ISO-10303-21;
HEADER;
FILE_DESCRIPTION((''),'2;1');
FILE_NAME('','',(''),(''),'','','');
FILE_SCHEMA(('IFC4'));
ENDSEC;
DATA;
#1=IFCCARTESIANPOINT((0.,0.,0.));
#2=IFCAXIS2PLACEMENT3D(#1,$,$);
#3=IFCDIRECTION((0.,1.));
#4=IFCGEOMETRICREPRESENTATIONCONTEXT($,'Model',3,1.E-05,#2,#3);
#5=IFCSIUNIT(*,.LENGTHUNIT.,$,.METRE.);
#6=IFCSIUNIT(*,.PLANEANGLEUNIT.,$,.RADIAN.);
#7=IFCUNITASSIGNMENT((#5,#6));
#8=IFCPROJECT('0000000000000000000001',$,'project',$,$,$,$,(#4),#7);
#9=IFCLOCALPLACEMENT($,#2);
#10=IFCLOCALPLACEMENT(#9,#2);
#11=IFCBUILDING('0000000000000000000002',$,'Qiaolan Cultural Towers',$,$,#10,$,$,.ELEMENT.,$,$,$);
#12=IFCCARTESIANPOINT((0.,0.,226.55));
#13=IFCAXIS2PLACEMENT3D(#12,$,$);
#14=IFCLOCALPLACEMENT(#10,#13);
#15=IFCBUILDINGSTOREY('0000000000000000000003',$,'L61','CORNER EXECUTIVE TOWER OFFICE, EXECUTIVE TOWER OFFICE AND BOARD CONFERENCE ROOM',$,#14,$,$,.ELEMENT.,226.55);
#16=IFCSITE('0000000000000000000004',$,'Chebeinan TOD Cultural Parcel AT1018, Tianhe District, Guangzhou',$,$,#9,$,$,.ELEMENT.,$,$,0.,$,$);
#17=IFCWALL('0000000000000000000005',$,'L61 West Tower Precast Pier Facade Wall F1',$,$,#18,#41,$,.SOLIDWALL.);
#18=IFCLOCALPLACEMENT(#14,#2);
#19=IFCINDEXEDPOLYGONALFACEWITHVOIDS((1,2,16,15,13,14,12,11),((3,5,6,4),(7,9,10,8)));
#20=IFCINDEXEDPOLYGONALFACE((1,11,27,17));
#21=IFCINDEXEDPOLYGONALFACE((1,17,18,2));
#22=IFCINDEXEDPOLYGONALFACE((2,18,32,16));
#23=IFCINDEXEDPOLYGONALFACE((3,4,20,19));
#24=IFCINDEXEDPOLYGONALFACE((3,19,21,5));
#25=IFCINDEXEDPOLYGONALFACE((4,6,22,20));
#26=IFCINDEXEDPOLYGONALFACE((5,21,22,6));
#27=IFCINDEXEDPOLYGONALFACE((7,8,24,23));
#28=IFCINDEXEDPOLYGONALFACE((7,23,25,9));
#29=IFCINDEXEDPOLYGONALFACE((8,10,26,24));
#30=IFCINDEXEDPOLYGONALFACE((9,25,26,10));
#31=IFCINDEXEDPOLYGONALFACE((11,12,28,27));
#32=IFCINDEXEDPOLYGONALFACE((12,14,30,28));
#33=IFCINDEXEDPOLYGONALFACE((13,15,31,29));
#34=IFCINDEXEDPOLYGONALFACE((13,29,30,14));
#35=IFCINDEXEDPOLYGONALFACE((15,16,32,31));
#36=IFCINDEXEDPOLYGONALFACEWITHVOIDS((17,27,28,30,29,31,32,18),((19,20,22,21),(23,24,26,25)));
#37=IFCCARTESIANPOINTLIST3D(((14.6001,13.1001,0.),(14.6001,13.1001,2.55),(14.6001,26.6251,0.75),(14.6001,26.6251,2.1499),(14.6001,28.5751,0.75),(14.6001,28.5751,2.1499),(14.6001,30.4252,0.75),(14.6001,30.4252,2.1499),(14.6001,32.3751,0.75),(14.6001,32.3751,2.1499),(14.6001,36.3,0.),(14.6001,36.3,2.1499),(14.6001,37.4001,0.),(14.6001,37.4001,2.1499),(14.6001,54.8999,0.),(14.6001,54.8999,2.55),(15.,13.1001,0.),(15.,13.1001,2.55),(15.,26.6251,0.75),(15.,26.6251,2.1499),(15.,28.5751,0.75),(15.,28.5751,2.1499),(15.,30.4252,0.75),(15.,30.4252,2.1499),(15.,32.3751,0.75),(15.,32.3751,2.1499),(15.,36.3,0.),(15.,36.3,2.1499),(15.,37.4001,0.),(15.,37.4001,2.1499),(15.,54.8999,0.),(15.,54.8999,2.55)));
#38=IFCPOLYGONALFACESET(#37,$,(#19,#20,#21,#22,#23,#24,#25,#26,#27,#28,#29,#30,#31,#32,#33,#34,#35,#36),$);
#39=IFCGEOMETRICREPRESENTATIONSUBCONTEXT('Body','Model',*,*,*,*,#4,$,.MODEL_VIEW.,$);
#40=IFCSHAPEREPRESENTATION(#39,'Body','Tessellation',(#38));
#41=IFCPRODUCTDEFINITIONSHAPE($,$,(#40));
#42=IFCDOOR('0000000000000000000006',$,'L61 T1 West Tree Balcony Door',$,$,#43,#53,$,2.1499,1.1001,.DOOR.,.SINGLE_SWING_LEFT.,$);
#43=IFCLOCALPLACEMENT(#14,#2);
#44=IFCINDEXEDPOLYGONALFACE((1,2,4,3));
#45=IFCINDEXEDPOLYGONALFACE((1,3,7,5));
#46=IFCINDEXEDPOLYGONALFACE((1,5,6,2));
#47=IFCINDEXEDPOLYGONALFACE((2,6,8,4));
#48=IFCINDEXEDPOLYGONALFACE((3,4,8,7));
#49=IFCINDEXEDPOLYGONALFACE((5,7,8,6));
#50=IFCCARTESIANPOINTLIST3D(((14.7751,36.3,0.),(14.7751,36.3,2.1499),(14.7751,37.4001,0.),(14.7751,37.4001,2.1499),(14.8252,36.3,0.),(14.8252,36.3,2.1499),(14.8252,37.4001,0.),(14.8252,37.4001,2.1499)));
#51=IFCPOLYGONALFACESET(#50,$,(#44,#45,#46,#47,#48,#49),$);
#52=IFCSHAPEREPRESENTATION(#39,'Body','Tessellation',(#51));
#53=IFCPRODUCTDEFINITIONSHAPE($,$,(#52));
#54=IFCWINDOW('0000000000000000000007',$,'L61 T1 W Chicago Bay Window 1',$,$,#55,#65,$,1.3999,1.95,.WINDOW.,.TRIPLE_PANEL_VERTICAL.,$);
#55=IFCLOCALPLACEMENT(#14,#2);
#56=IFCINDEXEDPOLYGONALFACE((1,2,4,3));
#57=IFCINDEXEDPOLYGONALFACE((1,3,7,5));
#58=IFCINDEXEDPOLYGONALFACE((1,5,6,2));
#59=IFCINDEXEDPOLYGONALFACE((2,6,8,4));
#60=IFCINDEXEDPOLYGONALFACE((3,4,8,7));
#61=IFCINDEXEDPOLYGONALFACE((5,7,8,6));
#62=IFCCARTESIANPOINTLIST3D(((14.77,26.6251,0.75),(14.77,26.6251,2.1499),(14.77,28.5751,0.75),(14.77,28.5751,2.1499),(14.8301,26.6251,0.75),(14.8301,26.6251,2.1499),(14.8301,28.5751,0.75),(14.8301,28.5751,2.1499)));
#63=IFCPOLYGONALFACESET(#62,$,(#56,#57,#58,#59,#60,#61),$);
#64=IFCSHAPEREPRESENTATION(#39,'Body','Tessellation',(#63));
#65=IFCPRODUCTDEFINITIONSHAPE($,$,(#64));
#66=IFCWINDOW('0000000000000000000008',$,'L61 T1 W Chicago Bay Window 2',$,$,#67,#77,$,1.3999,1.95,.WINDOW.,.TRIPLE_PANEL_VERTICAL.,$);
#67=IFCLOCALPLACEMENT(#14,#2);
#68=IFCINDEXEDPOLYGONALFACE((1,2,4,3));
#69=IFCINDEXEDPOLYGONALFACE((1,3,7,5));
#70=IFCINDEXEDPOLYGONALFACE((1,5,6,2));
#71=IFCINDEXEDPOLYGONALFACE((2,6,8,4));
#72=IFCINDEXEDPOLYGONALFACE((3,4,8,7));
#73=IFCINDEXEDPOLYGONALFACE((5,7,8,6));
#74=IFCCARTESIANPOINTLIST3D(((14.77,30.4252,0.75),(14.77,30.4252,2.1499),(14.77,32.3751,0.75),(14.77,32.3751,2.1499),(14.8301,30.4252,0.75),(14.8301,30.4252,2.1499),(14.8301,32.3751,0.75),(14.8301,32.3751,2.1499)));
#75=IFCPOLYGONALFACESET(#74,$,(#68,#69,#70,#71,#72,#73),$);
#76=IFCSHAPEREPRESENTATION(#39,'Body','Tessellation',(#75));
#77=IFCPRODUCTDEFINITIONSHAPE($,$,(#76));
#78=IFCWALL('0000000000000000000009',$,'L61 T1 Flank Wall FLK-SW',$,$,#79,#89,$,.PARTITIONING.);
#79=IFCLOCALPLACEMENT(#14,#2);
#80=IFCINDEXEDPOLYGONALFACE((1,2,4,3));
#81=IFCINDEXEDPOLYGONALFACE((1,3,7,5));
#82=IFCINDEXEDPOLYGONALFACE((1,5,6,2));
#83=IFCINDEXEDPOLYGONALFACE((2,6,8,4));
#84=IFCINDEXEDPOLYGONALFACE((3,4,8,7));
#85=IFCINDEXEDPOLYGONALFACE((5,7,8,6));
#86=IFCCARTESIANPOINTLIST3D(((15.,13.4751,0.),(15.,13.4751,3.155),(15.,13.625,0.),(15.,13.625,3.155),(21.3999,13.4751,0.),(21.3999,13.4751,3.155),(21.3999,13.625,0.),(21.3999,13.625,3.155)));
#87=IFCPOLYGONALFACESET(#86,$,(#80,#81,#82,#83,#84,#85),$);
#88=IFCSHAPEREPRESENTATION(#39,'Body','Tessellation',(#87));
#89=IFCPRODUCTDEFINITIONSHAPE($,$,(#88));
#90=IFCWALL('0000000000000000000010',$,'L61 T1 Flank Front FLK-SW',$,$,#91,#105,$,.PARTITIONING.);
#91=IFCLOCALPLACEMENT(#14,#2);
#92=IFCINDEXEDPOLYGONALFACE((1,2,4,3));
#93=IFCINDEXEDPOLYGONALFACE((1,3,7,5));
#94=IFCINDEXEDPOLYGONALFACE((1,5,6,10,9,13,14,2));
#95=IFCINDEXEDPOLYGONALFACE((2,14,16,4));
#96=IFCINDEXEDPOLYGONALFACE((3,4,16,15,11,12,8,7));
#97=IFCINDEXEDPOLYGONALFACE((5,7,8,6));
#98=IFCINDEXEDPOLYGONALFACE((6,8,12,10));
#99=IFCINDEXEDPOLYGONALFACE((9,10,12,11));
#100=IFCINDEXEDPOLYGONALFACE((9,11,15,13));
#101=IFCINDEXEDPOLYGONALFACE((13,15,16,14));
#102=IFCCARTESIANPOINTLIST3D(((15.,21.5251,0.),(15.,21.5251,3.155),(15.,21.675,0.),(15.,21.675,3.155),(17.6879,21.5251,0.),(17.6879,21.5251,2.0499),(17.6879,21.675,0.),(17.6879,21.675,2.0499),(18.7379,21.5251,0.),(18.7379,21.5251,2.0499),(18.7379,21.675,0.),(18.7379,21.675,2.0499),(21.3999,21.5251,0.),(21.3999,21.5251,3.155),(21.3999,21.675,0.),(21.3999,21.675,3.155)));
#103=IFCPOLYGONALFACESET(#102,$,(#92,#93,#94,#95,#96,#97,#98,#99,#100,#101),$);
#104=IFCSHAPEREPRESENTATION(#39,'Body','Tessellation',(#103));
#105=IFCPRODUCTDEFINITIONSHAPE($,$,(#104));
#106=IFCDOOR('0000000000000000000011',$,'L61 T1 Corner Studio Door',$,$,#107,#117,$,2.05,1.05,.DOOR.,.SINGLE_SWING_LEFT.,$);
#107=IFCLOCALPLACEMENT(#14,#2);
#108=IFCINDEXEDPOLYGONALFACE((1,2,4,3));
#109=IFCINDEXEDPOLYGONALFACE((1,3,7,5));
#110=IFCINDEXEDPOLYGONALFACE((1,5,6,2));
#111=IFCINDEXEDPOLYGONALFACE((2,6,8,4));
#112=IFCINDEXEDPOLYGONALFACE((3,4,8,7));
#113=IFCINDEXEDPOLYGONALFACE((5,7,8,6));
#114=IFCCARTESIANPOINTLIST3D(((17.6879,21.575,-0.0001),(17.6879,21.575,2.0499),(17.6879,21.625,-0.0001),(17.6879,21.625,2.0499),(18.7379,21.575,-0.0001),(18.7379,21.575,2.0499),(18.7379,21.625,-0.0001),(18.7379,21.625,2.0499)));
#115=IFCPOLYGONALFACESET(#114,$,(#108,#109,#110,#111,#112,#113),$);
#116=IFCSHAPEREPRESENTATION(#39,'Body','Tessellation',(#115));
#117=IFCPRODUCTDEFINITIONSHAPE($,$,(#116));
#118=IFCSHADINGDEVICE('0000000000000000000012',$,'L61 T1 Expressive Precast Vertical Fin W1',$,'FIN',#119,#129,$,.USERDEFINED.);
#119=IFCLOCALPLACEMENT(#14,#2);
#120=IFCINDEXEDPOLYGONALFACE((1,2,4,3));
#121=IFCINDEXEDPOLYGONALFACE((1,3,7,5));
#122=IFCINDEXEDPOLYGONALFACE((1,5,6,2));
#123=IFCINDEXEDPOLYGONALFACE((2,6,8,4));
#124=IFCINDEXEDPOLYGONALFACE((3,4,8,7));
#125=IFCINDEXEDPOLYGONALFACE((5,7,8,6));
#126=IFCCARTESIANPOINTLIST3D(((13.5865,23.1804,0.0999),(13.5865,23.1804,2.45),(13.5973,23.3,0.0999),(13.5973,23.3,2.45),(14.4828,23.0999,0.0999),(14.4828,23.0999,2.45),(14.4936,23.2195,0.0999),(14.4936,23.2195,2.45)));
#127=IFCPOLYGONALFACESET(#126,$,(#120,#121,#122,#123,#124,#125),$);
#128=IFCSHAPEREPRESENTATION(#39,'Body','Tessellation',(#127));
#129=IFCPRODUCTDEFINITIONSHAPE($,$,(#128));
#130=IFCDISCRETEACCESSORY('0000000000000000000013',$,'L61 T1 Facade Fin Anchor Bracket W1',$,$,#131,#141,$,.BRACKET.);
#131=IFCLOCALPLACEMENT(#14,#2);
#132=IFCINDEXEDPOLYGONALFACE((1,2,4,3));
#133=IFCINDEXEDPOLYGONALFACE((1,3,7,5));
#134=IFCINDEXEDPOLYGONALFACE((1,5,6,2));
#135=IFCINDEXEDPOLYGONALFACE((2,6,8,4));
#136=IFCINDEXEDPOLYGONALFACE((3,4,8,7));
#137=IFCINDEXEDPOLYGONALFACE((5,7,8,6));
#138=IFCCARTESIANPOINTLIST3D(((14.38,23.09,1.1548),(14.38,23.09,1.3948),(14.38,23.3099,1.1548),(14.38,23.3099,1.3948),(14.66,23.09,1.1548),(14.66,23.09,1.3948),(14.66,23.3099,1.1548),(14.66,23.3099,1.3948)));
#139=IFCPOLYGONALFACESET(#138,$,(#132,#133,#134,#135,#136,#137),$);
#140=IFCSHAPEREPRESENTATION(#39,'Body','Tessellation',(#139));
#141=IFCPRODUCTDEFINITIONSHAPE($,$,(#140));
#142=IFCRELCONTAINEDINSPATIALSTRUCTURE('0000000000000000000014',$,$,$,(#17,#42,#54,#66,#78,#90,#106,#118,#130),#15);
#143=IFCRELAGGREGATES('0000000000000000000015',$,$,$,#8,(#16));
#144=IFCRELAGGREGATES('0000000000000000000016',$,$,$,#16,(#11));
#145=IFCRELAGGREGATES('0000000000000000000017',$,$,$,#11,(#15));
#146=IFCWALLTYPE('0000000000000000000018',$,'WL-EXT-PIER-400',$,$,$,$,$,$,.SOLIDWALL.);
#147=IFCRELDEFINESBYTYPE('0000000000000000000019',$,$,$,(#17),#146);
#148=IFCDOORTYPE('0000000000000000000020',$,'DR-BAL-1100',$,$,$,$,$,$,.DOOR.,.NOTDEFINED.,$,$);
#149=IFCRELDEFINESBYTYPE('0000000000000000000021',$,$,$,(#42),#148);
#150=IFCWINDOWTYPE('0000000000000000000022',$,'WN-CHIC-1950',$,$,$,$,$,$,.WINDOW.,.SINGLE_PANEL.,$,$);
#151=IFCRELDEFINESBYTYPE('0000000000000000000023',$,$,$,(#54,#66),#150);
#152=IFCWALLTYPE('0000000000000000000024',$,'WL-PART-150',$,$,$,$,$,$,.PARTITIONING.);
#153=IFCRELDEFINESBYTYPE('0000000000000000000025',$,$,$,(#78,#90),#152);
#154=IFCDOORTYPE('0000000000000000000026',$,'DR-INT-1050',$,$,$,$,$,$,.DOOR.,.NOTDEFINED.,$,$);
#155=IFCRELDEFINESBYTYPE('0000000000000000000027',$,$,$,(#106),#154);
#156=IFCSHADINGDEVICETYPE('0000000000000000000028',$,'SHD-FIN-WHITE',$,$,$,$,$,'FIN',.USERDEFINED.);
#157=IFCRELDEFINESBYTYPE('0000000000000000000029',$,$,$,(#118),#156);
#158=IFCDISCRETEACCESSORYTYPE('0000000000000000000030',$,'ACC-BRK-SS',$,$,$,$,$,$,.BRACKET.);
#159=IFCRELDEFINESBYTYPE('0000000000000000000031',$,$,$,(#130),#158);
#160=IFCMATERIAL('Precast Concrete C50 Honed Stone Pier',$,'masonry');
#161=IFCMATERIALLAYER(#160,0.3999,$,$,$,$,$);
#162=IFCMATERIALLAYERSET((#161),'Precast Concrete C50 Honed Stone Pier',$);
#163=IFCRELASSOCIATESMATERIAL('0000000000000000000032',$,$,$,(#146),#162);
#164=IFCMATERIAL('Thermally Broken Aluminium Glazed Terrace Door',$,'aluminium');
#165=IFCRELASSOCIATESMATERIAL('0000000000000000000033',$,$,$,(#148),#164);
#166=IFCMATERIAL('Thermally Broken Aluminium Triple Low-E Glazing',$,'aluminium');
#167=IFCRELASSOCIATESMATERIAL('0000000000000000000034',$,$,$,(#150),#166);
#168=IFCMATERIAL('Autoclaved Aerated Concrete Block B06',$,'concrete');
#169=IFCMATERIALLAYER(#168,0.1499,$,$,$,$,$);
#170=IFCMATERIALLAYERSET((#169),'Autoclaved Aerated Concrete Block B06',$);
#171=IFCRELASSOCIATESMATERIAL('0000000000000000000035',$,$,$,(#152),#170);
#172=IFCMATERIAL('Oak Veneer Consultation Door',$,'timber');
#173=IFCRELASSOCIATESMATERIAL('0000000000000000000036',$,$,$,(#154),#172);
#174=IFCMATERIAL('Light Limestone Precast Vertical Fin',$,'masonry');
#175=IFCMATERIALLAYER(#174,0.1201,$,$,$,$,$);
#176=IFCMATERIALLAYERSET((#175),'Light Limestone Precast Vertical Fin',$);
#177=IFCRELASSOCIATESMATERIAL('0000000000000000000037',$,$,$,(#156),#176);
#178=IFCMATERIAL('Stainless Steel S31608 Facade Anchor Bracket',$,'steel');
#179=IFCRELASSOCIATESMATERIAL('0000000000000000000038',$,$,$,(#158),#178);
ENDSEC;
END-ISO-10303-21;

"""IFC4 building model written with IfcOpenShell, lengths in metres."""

from ifc_helpers import new_model, si_unit, direction, frame, frame_2d, origin, origin_2d, place, context, subcontext, project, spatial, rectangle, extrude, material, layer, layer_set, type_object, element, fill, save


model = new_model("IFC4")

# Units and contexts
model_context = context("Model", 3, precision=1e-05, world=origin(), true_north=direction((0.0, 1.0)))
body_context = subcontext(model_context, "Body", "Model", "MODEL_VIEW")
ifc_project = project(units=[si_unit("LENGTHUNIT", "METRE"), si_unit("PLANEANGLEUNIT", "RADIAN")], contexts=[model_context])

# Site, building, storey
site_placement = place(None, origin())
site = spatial("IfcSite", under=ifc_project, at=site_placement, Name="Chebeinan TOD Cultural Parcel AT1018, Tianhe District, Guangzhou", CompositionType="ELEMENT", RefElevation=0.0)
building_placement = place(site_placement, origin())
building = spatial("IfcBuilding", under=site, at=building_placement, Name="Qiaolan Cultural Towers", CompositionType="ELEMENT")
storey_placement = place(building_placement, frame((0.0, 0.0, 226.55)))
storey = spatial("IfcBuildingStorey", under=building, at=storey_placement, Name="L61", Description="CORNER EXECUTIVE TOWER OFFICE, EXECUTIVE TOWER OFFICE AND BOARD CONFERENCE ROOM", CompositionType="ELEMENT", Elevation=226.55)

# Wall, openings, door, windows
ifc_material_1 = material(Name="Precast Concrete C50 Honed Stone Pier", Category="masonry")
ifc_layer_1 = layer(ifc_material_1, 0.3999)
ifc_layer_set_1 = layer_set([ifc_layer_1], Name="Precast Concrete C50 Honed Stone Pier")
wall_type_1 = type_object("IfcWallType", Name="WL-EXT-PIER-400", PredefinedType="SOLIDWALL", material=ifc_layer_set_1)
wall_1_placement = place(storey_placement, frame((14.8, 13.1001, 0.0), z_axis=(0.0, 0.0, 1.0), x_axis=(0.0, 1.0, 0.0)))
wall_1 = element("IfcWall", 1, at=wall_1_placement, inside=storey, type_object=wall_type_1, Name="L61 West Tower Precast Pier Facade Wall F1", PredefinedType="SOLIDWALL", context=body_context, shape_type="SweptSolid", body=[
    extrude(rectangle(XDim=41.7998, YDim=0.3999, at=frame_2d((20.8999, 0.0))), origin(), (0.0, 0.0, 1.0), 2.55),
])
opening_1_placement = place(wall_1_placement, frame((13.5249, 0.0, 0.75)))
opening_1 = element("IfcOpeningElement", 2, at=opening_1_placement, cuts=wall_1, PredefinedType="OPENING", context=body_context, shape_type="SweptSolid", body=[
    extrude(rectangle(XDim=1.95, YDim=1.3999, at=frame_2d((0.9751, 0.7))), frame((0.0, 0.21, 0.0), z_axis=(0.0, -1.0, 0.0), x_axis=(1.0, 0.0, 0.0)), (0.0, 0.0, 1.0), 0.4199),
])
opening_2_placement = place(wall_1_placement, frame((17.325, 0.0, 0.75)))
opening_2 = element("IfcOpeningElement", 3, at=opening_2_placement, cuts=wall_1, PredefinedType="OPENING", context=body_context, shape_type="SweptSolid", body=[
    extrude(rectangle(XDim=1.95, YDim=1.3999, at=frame_2d((0.9751, 0.7))), frame((0.0, 0.21, 0.0), z_axis=(0.0, -1.0, 0.0), x_axis=(1.0, 0.0, 0.0)), (0.0, 0.0, 1.0), 0.4199),
])
opening_3_placement = place(wall_1_placement, frame((23.2, 0.0, 0.0)))
opening_3 = element("IfcOpeningElement", 4, at=opening_3_placement, cuts=wall_1, PredefinedType="OPENING", context=body_context, shape_type="SweptSolid", body=[
    extrude(rectangle(XDim=1.1001, YDim=2.1499, at=frame_2d((0.55, 1.075))), frame((0.0, 0.21, 0.0), z_axis=(0.0, -1.0, 0.0), x_axis=(1.0, 0.0, 0.0)), (0.0, 0.0, 1.0), 0.4199),
])
ifc_material_2 = material(Name="Thermally Broken Aluminium Glazed Terrace Door", Category="aluminium")
door_type_1 = type_object("IfcDoorType", Name="DR-BAL-1100", OperationType="NOTDEFINED", PredefinedType="DOOR", material=ifc_material_2)
door_1_placement = place(opening_3_placement, origin())
door_1 = element("IfcDoor", 5, at=door_1_placement, inside=storey, type_object=door_type_1, Name="L61 T1 West Tree Balcony Door", OperationType="SINGLE_SWING_LEFT", OverallHeight=2.1499, OverallWidth=1.1001, PredefinedType="DOOR", context=body_context, shape_type="SweptSolid", body=[
    extrude(rectangle(XDim=1.1001, YDim=2.1499, at=frame_2d((0.55, 1.075))), frame((0.0, 0.0249, 0.0), z_axis=(0.0, -1.0, 0.0), x_axis=(1.0, 0.0, 0.0)), (0.0, 0.0, 1.0), 0.05),
])
fill(opening_3, door_1)
ifc_material_3 = material(Name="Thermally Broken Aluminium Triple Low-E Glazing", Category="aluminium")
window_type = type_object("IfcWindowType", Name="WN-CHIC-1950", PartitioningType="SINGLE_PANEL", PredefinedType="WINDOW", material=ifc_material_3)
window_1_placement = place(opening_1_placement, origin())
window_1 = element("IfcWindow", 6, at=window_1_placement, inside=storey, type_object=window_type, Name="L61 T1 W Chicago Bay Window 1", OverallHeight=1.3999, OverallWidth=1.95, PartitioningType="TRIPLE_PANEL_VERTICAL", PredefinedType="WINDOW", context=body_context, shape_type="SweptSolid", body=[
    extrude(rectangle(XDim=1.95, YDim=1.3999, at=frame_2d((0.9751, 0.7))), frame((0.0, 0.03, 0.0), z_axis=(0.0, -1.0, 0.0), x_axis=(1.0, 0.0, 0.0)), (0.0, 0.0, 1.0), 0.0601),
])
fill(opening_1, window_1)
window_2_placement = place(opening_2_placement, origin())
window_2 = element("IfcWindow", 7, at=window_2_placement, inside=storey, type_object=window_type, Name="L61 T1 W Chicago Bay Window 2", OverallHeight=1.3999, OverallWidth=1.95, PartitioningType="TRIPLE_PANEL_VERTICAL", PredefinedType="WINDOW", context=body_context, shape_type="SweptSolid", body=[
    extrude(rectangle(XDim=1.95, YDim=1.3999, at=frame_2d((0.9751, 0.7))), frame((0.0, 0.03, 0.0), z_axis=(0.0, -1.0, 0.0), x_axis=(1.0, 0.0, 0.0)), (0.0, 0.0, 1.0), 0.0601),
])
fill(opening_2, window_2)

# Wall
ifc_material_4 = material(Name="Autoclaved Aerated Concrete Block B06", Category="concrete")
ifc_layer_2 = layer(ifc_material_4, 0.1499)
ifc_layer_set_2 = layer_set([ifc_layer_2], Name="Autoclaved Aerated Concrete Block B06")
wall_type_2 = type_object("IfcWallType", Name="WL-PART-150", PredefinedType="PARTITIONING", material=ifc_layer_set_2)
wall_2_placement = place(storey_placement, frame((15.0, 13.55, 0.0), z_axis=(0.0, 0.0, 1.0), x_axis=(1.0, 0.0, 0.0)))
element("IfcWall", 8, at=wall_2_placement, inside=storey, type_object=wall_type_2, Name="L61 T1 Flank Wall FLK-SW", PredefinedType="PARTITIONING", context=body_context, shape_type="SweptSolid", body=[
    extrude(rectangle(XDim=6.3999, YDim=0.1499, at=frame_2d((3.2, 0.0))), origin(), (0.0, 0.0, 1.0), 3.155),
])

# Wall, opening, door
wall_3_placement = place(storey_placement, frame((15.0, 21.6001, 0.0), z_axis=(0.0, 0.0, 1.0), x_axis=(1.0, 0.0, 0.0)))
wall_3 = element("IfcWall", 9, at=wall_3_placement, inside=storey, type_object=wall_type_2, Name="L61 T1 Flank Front FLK-SW", PredefinedType="PARTITIONING", context=body_context, shape_type="SweptSolid", body=[
    extrude(rectangle(XDim=6.3999, YDim=0.1499, at=frame_2d((3.2, 0.0))), origin(), (0.0, 0.0, 1.0), 3.155),
])
opening_4_placement = place(wall_3_placement, frame((2.688, 0.0, 0.0)))
opening_4 = element("IfcOpeningElement", 10, at=opening_4_placement, cuts=wall_3, PredefinedType="OPENING", context=body_context, shape_type="SweptSolid", body=[
    extrude(rectangle(XDim=1.05, YDim=2.05, at=frame_2d((0.5249, 1.0249))), frame((0.0, 0.085, 0.0), z_axis=(0.0, -1.0, 0.0), x_axis=(1.0, 0.0, 0.0)), (0.0, 0.0, 1.0), 0.1699),
])
ifc_material_5 = material(Name="Oak Veneer Consultation Door", Category="timber")
door_type_2 = type_object("IfcDoorType", Name="DR-INT-1050", OperationType="NOTDEFINED", PredefinedType="DOOR", material=ifc_material_5)
door_2_placement = place(opening_4_placement, origin())
door_2 = element("IfcDoor", 11, at=door_2_placement, inside=storey, type_object=door_type_2, Name="L61 T1 Corner Studio Door", OperationType="SINGLE_SWING_LEFT", OverallHeight=2.05, OverallWidth=1.05, PredefinedType="DOOR", context=body_context, shape_type="SweptSolid", body=[
    extrude(rectangle(XDim=1.05, YDim=2.05, at=frame_2d((0.5249, 1.0249))), frame((0.0, 0.0249, 0.0), z_axis=(0.0, -1.0, 0.0), x_axis=(1.0, 0.0, 0.0)), (0.0, 0.0, 1.0), 0.05),
])
fill(opening_4, door_2)

# Shading device
ifc_material_6 = material(Name="Light Limestone Precast Vertical Fin", Category="masonry")
ifc_layer_3 = layer(ifc_material_6, 0.1201)
ifc_layer_set_3 = layer_set([ifc_layer_3], Name="Light Limestone Precast Vertical Fin")
shading_device_type = type_object("IfcShadingDeviceType", Name="SHD-FIN-WHITE", ElementType="FIN", PredefinedType="USERDEFINED", material=ifc_layer_set_3)
shading_device_placement = place(storey_placement, frame((14.04, 23.2, 0.0999), z_axis=(0.0, 0.0, 1.0), x_axis=(0.995994, -0.089421, 0.0)))
element("IfcShadingDevice", 12, at=shading_device_placement, inside=storey, type_object=shading_device_type, Name="L61 T1 Expressive Precast Vertical Fin W1", ObjectType="FIN", PredefinedType="USERDEFINED", context=body_context, shape_type="SweptSolid", body=[
    extrude(rectangle(XDim=0.8999, YDim=0.1201, at=origin_2d()), origin(), (0.0, 0.0, 1.0), 2.3501),
])

# Discrete accessory
ifc_material_7 = material(Name="Stainless Steel S31608 Facade Anchor Bracket", Category="steel")
discrete_accessory_type = type_object("IfcDiscreteAccessoryType", Name="ACC-BRK-SS", PredefinedType="BRACKET", material=ifc_material_7)
discrete_accessory_placement = place(storey_placement, frame((14.52, 23.2, 1.1548), z_axis=(0.0, 0.0, 1.0), x_axis=(1.0, 0.0, 0.0)))
element("IfcDiscreteAccessory", 13, at=discrete_accessory_placement, inside=storey, type_object=discrete_accessory_type, Name="L61 T1 Facade Fin Anchor Bracket W1", PredefinedType="BRACKET", context=body_context, shape_type="SweptSolid", body=[
    extrude(rectangle(XDim=0.28, YDim=0.22, at=origin_2d()), origin(), (0.0, 0.0, 1.0), 0.24),
])

save(model, "model.ifc")
